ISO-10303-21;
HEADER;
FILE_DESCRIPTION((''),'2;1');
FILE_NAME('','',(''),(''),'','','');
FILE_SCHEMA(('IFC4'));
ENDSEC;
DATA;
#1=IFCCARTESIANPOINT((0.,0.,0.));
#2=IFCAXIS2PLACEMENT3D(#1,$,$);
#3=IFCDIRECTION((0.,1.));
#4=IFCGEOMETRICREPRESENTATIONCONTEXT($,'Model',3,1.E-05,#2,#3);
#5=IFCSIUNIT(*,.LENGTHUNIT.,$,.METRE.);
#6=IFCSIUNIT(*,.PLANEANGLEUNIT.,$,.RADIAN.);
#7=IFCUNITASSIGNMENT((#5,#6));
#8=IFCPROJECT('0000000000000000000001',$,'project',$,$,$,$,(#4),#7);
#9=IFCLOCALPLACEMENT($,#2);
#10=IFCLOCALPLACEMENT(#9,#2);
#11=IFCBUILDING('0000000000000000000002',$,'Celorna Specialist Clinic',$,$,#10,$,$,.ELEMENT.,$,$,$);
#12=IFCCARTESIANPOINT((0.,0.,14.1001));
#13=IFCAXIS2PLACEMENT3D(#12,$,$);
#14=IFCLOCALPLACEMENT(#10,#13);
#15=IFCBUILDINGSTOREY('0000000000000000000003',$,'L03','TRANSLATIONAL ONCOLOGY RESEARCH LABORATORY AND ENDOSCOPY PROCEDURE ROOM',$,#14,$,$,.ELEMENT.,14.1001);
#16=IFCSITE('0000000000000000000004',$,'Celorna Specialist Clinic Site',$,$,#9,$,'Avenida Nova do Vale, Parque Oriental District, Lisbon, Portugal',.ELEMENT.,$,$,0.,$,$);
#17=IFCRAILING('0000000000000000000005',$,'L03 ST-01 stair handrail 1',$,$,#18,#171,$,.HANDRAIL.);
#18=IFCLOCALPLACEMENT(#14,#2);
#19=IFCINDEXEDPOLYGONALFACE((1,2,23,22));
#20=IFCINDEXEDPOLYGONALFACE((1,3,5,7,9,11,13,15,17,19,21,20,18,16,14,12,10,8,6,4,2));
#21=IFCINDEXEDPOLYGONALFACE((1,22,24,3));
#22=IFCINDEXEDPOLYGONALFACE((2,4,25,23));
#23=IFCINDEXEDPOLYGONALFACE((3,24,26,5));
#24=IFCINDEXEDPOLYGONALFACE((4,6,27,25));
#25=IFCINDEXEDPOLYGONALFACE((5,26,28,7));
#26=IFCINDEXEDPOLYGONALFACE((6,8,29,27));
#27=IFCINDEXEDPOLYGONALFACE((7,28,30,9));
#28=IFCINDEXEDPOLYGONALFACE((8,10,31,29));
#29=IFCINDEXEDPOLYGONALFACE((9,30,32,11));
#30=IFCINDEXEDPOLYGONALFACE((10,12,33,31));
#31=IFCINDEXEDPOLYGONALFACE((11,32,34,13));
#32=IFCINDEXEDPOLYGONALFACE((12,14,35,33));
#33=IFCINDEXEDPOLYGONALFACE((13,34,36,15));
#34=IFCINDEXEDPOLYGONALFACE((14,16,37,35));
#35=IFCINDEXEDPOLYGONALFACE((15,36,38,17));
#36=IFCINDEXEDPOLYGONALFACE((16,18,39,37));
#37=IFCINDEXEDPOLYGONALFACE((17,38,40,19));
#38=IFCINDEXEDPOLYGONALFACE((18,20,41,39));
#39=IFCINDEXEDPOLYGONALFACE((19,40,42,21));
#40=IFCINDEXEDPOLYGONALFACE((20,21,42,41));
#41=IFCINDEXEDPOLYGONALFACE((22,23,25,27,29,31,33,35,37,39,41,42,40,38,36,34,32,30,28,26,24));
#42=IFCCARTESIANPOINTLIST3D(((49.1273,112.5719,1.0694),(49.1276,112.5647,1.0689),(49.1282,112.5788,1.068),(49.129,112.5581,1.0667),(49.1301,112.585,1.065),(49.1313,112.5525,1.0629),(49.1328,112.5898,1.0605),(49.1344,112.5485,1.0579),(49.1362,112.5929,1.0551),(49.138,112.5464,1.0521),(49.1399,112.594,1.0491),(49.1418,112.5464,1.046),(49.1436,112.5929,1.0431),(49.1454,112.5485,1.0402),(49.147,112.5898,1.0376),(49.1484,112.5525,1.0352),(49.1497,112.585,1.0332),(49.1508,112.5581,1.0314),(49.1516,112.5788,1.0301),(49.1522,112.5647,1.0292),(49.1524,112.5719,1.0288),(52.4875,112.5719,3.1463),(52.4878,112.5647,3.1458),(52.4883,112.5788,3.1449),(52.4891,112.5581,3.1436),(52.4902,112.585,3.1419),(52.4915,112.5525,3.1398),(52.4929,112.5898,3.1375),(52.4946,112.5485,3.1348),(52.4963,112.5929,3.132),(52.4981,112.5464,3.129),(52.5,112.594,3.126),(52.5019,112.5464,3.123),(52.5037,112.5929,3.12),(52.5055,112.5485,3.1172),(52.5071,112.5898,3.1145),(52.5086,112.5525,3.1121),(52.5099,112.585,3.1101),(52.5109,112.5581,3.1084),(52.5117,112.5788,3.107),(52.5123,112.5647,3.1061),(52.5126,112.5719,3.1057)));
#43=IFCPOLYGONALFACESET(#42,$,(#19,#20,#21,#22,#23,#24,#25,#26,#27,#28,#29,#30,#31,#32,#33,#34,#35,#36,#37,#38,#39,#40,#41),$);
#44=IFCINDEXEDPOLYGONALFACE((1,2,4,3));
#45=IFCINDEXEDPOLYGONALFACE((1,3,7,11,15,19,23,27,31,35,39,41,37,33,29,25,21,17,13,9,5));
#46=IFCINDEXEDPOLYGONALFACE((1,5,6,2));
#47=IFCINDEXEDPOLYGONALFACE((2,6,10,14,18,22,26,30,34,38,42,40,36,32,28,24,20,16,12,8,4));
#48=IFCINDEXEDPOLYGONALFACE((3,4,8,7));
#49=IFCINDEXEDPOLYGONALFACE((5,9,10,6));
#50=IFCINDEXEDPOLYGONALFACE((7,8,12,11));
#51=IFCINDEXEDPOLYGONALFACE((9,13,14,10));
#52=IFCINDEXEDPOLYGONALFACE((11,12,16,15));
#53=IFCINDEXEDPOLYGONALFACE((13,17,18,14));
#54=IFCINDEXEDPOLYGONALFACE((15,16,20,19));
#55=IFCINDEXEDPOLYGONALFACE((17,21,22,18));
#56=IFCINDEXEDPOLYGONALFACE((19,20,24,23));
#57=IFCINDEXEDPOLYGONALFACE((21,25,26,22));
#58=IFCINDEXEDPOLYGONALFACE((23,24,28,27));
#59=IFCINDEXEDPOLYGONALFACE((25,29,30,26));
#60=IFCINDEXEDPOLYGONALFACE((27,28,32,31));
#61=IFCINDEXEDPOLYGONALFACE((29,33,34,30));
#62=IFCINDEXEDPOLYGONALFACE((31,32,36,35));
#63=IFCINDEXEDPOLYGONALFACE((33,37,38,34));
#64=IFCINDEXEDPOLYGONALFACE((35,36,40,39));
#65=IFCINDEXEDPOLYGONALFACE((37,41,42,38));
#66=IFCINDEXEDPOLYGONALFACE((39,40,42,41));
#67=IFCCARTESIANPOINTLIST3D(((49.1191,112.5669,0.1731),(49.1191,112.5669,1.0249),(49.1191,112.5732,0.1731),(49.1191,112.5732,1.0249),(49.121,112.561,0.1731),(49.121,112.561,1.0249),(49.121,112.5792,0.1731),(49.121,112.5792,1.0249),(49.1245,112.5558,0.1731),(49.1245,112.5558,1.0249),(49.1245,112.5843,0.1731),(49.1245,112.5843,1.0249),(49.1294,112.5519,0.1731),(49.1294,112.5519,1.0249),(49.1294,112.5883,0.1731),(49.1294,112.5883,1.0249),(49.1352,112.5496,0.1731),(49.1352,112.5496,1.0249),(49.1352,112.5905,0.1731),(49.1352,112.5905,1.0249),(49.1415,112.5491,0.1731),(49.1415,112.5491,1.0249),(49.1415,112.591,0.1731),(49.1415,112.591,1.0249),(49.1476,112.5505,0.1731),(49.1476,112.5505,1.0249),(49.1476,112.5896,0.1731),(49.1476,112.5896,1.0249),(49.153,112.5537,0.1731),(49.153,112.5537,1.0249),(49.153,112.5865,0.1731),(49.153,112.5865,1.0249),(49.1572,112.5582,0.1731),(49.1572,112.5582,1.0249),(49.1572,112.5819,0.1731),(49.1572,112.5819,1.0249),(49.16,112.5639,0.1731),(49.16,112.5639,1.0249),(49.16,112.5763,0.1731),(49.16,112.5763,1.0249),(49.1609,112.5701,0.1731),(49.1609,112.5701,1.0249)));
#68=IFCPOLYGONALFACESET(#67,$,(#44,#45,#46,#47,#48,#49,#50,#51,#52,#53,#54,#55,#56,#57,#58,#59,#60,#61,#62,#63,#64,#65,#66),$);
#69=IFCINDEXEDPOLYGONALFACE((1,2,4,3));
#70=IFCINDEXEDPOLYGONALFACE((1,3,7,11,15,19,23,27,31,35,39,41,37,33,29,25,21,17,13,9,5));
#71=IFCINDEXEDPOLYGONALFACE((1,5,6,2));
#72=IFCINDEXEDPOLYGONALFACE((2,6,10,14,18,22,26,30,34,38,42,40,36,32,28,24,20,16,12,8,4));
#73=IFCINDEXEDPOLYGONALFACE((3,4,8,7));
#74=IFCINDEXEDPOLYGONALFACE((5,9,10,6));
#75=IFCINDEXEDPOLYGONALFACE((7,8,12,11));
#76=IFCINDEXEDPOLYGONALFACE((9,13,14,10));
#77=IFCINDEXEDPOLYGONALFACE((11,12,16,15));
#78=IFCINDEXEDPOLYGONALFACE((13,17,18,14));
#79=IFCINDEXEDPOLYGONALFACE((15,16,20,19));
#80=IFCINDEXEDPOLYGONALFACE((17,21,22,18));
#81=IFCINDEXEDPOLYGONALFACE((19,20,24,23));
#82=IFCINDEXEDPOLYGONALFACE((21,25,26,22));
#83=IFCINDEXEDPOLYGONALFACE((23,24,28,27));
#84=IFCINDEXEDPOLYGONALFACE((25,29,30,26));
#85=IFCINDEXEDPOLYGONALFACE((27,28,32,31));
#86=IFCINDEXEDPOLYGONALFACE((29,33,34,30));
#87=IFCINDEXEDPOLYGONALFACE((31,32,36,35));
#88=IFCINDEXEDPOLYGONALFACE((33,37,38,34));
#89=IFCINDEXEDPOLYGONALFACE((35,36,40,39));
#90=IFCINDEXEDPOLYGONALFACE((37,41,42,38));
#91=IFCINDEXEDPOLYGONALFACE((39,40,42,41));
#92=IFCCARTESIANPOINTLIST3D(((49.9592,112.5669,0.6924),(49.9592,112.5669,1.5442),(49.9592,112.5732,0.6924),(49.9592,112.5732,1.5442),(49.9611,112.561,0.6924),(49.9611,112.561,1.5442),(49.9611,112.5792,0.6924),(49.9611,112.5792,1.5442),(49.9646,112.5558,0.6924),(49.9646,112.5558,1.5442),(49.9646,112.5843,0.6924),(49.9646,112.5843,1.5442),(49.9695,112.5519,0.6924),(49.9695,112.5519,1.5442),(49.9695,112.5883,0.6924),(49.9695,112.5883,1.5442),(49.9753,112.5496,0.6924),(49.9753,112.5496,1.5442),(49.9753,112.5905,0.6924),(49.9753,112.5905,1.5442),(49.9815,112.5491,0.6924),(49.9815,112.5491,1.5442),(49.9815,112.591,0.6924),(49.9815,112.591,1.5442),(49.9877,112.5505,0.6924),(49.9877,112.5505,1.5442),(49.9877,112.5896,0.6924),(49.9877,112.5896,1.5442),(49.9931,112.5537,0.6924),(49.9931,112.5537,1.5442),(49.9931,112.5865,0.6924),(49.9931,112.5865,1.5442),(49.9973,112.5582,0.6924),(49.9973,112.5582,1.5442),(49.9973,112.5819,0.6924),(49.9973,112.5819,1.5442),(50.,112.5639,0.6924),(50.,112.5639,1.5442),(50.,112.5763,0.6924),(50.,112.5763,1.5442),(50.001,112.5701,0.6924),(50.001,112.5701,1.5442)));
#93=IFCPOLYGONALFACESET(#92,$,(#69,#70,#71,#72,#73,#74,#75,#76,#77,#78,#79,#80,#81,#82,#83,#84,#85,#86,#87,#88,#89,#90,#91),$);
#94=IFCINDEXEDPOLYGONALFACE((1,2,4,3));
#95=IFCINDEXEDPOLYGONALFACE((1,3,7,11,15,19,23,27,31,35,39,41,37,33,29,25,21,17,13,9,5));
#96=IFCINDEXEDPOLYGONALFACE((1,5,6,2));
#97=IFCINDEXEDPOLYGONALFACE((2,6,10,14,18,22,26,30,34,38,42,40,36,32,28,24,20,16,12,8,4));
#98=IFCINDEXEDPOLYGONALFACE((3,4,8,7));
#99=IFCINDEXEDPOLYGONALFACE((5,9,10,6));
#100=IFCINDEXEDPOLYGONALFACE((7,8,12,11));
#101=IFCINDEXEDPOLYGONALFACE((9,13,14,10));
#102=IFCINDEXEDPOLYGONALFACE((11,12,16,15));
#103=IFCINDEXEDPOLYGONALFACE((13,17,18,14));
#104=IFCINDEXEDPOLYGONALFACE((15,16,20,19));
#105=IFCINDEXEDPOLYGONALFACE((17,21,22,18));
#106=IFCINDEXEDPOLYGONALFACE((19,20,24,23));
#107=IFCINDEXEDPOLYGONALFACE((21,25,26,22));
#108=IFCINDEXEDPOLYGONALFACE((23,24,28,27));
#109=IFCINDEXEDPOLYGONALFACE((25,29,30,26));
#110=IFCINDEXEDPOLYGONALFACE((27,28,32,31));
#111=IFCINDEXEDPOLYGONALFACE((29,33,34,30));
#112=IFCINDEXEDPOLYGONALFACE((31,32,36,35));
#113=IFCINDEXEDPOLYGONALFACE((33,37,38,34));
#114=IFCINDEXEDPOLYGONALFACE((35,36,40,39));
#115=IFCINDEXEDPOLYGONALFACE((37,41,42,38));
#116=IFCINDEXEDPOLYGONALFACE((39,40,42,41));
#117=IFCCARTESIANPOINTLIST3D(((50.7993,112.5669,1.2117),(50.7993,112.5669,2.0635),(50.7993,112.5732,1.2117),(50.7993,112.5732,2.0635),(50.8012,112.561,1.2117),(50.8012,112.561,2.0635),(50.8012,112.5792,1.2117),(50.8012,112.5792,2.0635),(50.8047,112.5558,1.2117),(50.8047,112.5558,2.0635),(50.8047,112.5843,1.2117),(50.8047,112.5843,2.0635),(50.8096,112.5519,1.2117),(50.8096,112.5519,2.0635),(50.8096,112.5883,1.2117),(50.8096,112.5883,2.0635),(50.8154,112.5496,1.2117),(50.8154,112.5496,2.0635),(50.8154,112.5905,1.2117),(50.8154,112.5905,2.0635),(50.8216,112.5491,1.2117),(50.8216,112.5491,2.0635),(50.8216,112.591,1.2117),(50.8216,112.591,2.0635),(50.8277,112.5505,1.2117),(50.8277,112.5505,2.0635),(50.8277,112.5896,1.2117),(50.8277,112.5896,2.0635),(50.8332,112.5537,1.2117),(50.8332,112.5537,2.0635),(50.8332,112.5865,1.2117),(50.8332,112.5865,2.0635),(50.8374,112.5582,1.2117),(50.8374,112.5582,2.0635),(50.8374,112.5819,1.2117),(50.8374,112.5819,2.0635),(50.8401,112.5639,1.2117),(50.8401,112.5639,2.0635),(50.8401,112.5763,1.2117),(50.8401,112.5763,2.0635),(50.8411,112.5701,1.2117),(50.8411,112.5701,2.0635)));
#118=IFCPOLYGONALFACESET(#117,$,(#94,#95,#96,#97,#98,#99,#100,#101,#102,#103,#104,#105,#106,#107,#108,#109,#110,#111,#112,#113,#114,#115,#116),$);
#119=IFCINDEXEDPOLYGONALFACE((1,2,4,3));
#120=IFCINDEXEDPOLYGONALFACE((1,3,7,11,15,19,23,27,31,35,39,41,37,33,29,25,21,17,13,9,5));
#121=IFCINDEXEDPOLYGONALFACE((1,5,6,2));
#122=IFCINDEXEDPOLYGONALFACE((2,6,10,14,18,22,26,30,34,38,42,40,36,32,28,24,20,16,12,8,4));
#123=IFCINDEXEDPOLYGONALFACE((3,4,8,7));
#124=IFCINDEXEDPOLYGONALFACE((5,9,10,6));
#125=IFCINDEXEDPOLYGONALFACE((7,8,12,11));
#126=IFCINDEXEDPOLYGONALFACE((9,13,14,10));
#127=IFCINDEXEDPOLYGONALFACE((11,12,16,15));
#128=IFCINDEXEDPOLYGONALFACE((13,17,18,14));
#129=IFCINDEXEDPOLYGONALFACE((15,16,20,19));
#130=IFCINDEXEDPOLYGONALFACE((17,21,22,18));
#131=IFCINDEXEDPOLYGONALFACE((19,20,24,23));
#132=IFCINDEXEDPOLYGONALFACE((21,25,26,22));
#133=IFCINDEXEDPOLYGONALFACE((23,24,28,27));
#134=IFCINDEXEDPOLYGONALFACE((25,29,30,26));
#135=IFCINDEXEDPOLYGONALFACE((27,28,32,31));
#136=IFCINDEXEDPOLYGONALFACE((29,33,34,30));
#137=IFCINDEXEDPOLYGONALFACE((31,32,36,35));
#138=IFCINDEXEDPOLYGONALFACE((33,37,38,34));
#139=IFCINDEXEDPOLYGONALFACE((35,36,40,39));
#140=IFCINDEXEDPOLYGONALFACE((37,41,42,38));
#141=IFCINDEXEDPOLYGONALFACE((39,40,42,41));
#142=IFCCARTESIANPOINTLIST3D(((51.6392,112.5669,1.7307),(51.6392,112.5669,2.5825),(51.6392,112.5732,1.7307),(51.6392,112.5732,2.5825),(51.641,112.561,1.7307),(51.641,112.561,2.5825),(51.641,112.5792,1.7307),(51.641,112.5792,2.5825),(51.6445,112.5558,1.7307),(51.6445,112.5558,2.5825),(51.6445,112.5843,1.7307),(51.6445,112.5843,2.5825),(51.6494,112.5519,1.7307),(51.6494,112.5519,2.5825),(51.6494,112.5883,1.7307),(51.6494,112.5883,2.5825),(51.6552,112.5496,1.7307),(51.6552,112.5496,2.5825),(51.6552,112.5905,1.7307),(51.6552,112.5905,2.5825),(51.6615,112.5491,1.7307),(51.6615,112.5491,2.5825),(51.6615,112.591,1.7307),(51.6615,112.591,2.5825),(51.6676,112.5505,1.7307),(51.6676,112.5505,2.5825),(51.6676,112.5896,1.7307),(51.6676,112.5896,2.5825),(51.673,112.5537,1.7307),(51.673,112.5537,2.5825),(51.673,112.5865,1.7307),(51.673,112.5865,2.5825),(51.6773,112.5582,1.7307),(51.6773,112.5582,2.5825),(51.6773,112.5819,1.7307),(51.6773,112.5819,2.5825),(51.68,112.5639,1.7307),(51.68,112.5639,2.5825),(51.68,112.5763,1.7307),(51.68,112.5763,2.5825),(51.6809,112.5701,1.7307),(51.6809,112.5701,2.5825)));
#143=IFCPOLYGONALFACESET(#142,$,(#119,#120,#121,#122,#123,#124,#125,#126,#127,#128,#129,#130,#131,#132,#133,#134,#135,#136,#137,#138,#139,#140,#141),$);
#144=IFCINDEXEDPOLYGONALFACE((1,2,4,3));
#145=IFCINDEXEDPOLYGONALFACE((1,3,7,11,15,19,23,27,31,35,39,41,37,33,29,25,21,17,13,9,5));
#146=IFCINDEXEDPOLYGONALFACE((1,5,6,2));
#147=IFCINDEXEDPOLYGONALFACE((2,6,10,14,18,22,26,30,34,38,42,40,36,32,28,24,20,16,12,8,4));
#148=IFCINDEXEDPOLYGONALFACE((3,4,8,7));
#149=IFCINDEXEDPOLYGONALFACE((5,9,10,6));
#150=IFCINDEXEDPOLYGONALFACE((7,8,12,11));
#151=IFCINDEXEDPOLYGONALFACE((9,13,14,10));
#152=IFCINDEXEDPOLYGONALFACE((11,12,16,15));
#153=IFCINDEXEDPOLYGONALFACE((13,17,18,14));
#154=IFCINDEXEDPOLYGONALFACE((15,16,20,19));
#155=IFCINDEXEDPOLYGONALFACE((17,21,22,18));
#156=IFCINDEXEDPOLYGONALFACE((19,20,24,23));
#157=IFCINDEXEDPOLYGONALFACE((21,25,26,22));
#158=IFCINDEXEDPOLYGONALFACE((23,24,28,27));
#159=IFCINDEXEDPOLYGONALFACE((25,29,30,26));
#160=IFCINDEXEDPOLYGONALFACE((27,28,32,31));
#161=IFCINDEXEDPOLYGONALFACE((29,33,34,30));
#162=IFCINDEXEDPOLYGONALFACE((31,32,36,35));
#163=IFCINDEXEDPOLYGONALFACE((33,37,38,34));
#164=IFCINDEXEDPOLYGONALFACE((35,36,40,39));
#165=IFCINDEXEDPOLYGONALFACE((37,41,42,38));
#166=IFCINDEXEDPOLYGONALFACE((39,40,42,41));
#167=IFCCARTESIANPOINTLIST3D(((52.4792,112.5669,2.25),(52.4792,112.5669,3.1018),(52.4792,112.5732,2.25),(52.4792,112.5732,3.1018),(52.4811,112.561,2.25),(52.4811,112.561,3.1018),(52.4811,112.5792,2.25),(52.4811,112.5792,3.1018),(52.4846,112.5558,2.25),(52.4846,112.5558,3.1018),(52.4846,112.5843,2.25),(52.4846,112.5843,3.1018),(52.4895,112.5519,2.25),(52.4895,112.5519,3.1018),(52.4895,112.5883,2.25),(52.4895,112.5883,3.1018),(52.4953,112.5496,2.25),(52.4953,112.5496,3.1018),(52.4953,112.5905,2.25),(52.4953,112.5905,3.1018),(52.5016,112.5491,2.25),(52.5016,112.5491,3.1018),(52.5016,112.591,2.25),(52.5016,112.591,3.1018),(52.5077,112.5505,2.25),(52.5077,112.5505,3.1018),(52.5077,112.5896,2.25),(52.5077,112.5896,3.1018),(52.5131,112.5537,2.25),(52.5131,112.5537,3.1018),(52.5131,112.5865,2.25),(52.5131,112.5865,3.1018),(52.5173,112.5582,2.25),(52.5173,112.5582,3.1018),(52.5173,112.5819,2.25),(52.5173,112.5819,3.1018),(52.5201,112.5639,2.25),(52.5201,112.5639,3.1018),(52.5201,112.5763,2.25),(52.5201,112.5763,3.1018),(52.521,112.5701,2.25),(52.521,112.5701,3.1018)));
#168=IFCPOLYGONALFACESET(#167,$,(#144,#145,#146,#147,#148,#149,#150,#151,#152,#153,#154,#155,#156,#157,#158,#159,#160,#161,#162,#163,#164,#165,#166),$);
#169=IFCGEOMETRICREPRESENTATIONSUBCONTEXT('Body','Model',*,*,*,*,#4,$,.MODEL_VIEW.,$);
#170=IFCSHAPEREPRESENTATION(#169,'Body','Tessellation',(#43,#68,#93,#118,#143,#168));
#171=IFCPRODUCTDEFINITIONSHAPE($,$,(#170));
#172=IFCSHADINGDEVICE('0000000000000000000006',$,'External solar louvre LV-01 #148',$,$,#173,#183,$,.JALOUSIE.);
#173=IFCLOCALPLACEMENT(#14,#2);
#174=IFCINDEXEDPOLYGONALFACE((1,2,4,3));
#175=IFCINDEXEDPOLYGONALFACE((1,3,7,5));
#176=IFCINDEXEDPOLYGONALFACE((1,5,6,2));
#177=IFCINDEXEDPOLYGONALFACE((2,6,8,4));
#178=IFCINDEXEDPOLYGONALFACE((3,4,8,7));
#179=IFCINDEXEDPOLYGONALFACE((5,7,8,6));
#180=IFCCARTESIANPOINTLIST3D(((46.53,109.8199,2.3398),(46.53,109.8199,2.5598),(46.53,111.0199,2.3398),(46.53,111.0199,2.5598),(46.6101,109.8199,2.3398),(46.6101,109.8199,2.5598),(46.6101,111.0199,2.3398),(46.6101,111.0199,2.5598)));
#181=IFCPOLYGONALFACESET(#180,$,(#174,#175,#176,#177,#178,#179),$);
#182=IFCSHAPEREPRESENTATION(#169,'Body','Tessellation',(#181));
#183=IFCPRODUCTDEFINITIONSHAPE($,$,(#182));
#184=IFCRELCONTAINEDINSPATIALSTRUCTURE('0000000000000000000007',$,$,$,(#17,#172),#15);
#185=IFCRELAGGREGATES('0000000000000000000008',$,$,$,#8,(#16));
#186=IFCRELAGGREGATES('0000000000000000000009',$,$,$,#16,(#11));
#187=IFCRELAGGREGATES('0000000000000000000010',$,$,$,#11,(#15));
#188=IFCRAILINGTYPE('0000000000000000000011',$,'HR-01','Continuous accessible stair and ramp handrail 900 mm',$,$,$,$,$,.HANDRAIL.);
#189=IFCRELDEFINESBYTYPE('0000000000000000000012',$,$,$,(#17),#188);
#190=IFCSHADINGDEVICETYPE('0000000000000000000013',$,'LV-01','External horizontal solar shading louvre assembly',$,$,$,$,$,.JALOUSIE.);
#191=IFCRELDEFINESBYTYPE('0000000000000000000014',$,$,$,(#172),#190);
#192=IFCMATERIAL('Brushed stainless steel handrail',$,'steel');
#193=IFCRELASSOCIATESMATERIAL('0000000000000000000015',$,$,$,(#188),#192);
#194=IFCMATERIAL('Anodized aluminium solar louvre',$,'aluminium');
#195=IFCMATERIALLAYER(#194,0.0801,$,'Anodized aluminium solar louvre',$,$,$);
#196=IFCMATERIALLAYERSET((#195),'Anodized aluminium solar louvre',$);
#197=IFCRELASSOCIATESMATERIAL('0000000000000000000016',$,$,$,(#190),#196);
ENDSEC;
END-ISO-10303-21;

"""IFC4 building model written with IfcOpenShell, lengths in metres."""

from ifc_helpers import new_model, si_unit, direction, frame, origin, origin_2d, place, context, subcontext, project, spatial, rectangle, circle, extrude, material, layer, layer_set, type_object, element, save


model = new_model("IFC4")

# Units and contexts
model_context = context("Model", 3, precision=1e-05, world=origin(), true_north=direction((0.0, 1.0)))
body_context = subcontext(model_context, "Body", "Model", "MODEL_VIEW")
ifc_project = project(units=[si_unit("LENGTHUNIT", "METRE"), si_unit("PLANEANGLEUNIT", "RADIAN")], contexts=[model_context])

# Site, building, storey
site_placement = place(None, origin())
site = spatial("IfcSite", under=ifc_project, at=site_placement, Name="Celorna Specialist Clinic Site", LongName="Avenida Nova do Vale, Parque Oriental District, Lisbon, Portugal", CompositionType="ELEMENT", RefElevation=0.0)
building_placement = place(site_placement, origin())
building = spatial("IfcBuilding", under=site, at=building_placement, Name="Celorna Specialist Clinic", CompositionType="ELEMENT")
storey_placement = place(building_placement, frame((0.0, 0.0, 14.1001)))
storey = spatial("IfcBuildingStorey", under=building, at=storey_placement, Name="L03", Description="TRANSLATIONAL ONCOLOGY RESEARCH LABORATORY AND ENDOSCOPY PROCEDURE ROOM", CompositionType="ELEMENT", Elevation=14.1001)

# Railing
ifc_material_1 = material(Name="Brushed stainless steel handrail", Category="steel")
railing_type = type_object("IfcRailingType", Name="HR-01", Description="Continuous accessible stair and ramp handrail 900 mm", PredefinedType="HANDRAIL", material=ifc_material_1)
railing_placement = place(storey_placement, frame((49.1399, 112.5701, 0.1731)))
element("IfcRailing", 1, at=railing_placement, inside=storey, type_object=railing_type, Name="L03 ST-01 stair handrail 1", PredefinedType="HANDRAIL", context=body_context, shape_type="SweptSolid", body=[
    extrude(circle(Radius=0.0239, at=origin_2d()), frame((0.0, 0.0, 0.876), z_axis=(0.850623, 0.0, 0.525776), x_axis=(0.0, 1.0, 0.0)), (0.0, 0.0, 1.0), 3.9502),
    extrude(circle(Radius=0.021, at=origin_2d()), origin(), (0.0, 0.0, 1.0), 0.8518),
    extrude(circle(Radius=0.021, at=origin_2d()), frame((0.8401, 0.0, 0.5193)), (0.0, 0.0, 1.0), 0.8518),
    extrude(circle(Radius=0.021, at=origin_2d()), frame((1.6802, 0.0, 1.0386)), (0.0, 0.0, 1.0), 0.8518),
    extrude(circle(Radius=0.021, at=origin_2d()), frame((2.52, 0.0, 1.5576)), (0.0, 0.0, 1.0), 0.8518),
    extrude(circle(Radius=0.021, at=origin_2d()), frame((3.3601, 0.0, 2.0769)), (0.0, 0.0, 1.0), 0.8518),
])

# Shading device
ifc_material_2 = material(Name="Anodized aluminium solar louvre", Category="aluminium")
ifc_layer_1 = layer(ifc_material_2, 0.0801, Name="Anodized aluminium solar louvre")
ifc_layer_set_1 = layer_set([ifc_layer_1], Name="Anodized aluminium solar louvre")
shading_device_type = type_object("IfcShadingDeviceType", Name="LV-01", Description="External horizontal solar shading louvre assembly", PredefinedType="JALOUSIE", material=ifc_layer_set_1)
shading_device_placement = place(storey_placement, frame((46.5701, 110.4199, 2.3398), z_axis=(0.0, 0.0, 1.0), x_axis=(0.0, 1.0, 0.0)))
element("IfcShadingDevice", 2, at=shading_device_placement, inside=storey, type_object=shading_device_type, Name="External solar louvre LV-01 #148", PredefinedType="JALOUSIE", context=body_context, shape_type="SweptSolid", body=[
    extrude(rectangle(XDim=1.2, YDim=0.0801, at=origin_2d()), origin(), (0.0, 0.0, 1.0), 0.22),
])

save(model, "model.ifc")
